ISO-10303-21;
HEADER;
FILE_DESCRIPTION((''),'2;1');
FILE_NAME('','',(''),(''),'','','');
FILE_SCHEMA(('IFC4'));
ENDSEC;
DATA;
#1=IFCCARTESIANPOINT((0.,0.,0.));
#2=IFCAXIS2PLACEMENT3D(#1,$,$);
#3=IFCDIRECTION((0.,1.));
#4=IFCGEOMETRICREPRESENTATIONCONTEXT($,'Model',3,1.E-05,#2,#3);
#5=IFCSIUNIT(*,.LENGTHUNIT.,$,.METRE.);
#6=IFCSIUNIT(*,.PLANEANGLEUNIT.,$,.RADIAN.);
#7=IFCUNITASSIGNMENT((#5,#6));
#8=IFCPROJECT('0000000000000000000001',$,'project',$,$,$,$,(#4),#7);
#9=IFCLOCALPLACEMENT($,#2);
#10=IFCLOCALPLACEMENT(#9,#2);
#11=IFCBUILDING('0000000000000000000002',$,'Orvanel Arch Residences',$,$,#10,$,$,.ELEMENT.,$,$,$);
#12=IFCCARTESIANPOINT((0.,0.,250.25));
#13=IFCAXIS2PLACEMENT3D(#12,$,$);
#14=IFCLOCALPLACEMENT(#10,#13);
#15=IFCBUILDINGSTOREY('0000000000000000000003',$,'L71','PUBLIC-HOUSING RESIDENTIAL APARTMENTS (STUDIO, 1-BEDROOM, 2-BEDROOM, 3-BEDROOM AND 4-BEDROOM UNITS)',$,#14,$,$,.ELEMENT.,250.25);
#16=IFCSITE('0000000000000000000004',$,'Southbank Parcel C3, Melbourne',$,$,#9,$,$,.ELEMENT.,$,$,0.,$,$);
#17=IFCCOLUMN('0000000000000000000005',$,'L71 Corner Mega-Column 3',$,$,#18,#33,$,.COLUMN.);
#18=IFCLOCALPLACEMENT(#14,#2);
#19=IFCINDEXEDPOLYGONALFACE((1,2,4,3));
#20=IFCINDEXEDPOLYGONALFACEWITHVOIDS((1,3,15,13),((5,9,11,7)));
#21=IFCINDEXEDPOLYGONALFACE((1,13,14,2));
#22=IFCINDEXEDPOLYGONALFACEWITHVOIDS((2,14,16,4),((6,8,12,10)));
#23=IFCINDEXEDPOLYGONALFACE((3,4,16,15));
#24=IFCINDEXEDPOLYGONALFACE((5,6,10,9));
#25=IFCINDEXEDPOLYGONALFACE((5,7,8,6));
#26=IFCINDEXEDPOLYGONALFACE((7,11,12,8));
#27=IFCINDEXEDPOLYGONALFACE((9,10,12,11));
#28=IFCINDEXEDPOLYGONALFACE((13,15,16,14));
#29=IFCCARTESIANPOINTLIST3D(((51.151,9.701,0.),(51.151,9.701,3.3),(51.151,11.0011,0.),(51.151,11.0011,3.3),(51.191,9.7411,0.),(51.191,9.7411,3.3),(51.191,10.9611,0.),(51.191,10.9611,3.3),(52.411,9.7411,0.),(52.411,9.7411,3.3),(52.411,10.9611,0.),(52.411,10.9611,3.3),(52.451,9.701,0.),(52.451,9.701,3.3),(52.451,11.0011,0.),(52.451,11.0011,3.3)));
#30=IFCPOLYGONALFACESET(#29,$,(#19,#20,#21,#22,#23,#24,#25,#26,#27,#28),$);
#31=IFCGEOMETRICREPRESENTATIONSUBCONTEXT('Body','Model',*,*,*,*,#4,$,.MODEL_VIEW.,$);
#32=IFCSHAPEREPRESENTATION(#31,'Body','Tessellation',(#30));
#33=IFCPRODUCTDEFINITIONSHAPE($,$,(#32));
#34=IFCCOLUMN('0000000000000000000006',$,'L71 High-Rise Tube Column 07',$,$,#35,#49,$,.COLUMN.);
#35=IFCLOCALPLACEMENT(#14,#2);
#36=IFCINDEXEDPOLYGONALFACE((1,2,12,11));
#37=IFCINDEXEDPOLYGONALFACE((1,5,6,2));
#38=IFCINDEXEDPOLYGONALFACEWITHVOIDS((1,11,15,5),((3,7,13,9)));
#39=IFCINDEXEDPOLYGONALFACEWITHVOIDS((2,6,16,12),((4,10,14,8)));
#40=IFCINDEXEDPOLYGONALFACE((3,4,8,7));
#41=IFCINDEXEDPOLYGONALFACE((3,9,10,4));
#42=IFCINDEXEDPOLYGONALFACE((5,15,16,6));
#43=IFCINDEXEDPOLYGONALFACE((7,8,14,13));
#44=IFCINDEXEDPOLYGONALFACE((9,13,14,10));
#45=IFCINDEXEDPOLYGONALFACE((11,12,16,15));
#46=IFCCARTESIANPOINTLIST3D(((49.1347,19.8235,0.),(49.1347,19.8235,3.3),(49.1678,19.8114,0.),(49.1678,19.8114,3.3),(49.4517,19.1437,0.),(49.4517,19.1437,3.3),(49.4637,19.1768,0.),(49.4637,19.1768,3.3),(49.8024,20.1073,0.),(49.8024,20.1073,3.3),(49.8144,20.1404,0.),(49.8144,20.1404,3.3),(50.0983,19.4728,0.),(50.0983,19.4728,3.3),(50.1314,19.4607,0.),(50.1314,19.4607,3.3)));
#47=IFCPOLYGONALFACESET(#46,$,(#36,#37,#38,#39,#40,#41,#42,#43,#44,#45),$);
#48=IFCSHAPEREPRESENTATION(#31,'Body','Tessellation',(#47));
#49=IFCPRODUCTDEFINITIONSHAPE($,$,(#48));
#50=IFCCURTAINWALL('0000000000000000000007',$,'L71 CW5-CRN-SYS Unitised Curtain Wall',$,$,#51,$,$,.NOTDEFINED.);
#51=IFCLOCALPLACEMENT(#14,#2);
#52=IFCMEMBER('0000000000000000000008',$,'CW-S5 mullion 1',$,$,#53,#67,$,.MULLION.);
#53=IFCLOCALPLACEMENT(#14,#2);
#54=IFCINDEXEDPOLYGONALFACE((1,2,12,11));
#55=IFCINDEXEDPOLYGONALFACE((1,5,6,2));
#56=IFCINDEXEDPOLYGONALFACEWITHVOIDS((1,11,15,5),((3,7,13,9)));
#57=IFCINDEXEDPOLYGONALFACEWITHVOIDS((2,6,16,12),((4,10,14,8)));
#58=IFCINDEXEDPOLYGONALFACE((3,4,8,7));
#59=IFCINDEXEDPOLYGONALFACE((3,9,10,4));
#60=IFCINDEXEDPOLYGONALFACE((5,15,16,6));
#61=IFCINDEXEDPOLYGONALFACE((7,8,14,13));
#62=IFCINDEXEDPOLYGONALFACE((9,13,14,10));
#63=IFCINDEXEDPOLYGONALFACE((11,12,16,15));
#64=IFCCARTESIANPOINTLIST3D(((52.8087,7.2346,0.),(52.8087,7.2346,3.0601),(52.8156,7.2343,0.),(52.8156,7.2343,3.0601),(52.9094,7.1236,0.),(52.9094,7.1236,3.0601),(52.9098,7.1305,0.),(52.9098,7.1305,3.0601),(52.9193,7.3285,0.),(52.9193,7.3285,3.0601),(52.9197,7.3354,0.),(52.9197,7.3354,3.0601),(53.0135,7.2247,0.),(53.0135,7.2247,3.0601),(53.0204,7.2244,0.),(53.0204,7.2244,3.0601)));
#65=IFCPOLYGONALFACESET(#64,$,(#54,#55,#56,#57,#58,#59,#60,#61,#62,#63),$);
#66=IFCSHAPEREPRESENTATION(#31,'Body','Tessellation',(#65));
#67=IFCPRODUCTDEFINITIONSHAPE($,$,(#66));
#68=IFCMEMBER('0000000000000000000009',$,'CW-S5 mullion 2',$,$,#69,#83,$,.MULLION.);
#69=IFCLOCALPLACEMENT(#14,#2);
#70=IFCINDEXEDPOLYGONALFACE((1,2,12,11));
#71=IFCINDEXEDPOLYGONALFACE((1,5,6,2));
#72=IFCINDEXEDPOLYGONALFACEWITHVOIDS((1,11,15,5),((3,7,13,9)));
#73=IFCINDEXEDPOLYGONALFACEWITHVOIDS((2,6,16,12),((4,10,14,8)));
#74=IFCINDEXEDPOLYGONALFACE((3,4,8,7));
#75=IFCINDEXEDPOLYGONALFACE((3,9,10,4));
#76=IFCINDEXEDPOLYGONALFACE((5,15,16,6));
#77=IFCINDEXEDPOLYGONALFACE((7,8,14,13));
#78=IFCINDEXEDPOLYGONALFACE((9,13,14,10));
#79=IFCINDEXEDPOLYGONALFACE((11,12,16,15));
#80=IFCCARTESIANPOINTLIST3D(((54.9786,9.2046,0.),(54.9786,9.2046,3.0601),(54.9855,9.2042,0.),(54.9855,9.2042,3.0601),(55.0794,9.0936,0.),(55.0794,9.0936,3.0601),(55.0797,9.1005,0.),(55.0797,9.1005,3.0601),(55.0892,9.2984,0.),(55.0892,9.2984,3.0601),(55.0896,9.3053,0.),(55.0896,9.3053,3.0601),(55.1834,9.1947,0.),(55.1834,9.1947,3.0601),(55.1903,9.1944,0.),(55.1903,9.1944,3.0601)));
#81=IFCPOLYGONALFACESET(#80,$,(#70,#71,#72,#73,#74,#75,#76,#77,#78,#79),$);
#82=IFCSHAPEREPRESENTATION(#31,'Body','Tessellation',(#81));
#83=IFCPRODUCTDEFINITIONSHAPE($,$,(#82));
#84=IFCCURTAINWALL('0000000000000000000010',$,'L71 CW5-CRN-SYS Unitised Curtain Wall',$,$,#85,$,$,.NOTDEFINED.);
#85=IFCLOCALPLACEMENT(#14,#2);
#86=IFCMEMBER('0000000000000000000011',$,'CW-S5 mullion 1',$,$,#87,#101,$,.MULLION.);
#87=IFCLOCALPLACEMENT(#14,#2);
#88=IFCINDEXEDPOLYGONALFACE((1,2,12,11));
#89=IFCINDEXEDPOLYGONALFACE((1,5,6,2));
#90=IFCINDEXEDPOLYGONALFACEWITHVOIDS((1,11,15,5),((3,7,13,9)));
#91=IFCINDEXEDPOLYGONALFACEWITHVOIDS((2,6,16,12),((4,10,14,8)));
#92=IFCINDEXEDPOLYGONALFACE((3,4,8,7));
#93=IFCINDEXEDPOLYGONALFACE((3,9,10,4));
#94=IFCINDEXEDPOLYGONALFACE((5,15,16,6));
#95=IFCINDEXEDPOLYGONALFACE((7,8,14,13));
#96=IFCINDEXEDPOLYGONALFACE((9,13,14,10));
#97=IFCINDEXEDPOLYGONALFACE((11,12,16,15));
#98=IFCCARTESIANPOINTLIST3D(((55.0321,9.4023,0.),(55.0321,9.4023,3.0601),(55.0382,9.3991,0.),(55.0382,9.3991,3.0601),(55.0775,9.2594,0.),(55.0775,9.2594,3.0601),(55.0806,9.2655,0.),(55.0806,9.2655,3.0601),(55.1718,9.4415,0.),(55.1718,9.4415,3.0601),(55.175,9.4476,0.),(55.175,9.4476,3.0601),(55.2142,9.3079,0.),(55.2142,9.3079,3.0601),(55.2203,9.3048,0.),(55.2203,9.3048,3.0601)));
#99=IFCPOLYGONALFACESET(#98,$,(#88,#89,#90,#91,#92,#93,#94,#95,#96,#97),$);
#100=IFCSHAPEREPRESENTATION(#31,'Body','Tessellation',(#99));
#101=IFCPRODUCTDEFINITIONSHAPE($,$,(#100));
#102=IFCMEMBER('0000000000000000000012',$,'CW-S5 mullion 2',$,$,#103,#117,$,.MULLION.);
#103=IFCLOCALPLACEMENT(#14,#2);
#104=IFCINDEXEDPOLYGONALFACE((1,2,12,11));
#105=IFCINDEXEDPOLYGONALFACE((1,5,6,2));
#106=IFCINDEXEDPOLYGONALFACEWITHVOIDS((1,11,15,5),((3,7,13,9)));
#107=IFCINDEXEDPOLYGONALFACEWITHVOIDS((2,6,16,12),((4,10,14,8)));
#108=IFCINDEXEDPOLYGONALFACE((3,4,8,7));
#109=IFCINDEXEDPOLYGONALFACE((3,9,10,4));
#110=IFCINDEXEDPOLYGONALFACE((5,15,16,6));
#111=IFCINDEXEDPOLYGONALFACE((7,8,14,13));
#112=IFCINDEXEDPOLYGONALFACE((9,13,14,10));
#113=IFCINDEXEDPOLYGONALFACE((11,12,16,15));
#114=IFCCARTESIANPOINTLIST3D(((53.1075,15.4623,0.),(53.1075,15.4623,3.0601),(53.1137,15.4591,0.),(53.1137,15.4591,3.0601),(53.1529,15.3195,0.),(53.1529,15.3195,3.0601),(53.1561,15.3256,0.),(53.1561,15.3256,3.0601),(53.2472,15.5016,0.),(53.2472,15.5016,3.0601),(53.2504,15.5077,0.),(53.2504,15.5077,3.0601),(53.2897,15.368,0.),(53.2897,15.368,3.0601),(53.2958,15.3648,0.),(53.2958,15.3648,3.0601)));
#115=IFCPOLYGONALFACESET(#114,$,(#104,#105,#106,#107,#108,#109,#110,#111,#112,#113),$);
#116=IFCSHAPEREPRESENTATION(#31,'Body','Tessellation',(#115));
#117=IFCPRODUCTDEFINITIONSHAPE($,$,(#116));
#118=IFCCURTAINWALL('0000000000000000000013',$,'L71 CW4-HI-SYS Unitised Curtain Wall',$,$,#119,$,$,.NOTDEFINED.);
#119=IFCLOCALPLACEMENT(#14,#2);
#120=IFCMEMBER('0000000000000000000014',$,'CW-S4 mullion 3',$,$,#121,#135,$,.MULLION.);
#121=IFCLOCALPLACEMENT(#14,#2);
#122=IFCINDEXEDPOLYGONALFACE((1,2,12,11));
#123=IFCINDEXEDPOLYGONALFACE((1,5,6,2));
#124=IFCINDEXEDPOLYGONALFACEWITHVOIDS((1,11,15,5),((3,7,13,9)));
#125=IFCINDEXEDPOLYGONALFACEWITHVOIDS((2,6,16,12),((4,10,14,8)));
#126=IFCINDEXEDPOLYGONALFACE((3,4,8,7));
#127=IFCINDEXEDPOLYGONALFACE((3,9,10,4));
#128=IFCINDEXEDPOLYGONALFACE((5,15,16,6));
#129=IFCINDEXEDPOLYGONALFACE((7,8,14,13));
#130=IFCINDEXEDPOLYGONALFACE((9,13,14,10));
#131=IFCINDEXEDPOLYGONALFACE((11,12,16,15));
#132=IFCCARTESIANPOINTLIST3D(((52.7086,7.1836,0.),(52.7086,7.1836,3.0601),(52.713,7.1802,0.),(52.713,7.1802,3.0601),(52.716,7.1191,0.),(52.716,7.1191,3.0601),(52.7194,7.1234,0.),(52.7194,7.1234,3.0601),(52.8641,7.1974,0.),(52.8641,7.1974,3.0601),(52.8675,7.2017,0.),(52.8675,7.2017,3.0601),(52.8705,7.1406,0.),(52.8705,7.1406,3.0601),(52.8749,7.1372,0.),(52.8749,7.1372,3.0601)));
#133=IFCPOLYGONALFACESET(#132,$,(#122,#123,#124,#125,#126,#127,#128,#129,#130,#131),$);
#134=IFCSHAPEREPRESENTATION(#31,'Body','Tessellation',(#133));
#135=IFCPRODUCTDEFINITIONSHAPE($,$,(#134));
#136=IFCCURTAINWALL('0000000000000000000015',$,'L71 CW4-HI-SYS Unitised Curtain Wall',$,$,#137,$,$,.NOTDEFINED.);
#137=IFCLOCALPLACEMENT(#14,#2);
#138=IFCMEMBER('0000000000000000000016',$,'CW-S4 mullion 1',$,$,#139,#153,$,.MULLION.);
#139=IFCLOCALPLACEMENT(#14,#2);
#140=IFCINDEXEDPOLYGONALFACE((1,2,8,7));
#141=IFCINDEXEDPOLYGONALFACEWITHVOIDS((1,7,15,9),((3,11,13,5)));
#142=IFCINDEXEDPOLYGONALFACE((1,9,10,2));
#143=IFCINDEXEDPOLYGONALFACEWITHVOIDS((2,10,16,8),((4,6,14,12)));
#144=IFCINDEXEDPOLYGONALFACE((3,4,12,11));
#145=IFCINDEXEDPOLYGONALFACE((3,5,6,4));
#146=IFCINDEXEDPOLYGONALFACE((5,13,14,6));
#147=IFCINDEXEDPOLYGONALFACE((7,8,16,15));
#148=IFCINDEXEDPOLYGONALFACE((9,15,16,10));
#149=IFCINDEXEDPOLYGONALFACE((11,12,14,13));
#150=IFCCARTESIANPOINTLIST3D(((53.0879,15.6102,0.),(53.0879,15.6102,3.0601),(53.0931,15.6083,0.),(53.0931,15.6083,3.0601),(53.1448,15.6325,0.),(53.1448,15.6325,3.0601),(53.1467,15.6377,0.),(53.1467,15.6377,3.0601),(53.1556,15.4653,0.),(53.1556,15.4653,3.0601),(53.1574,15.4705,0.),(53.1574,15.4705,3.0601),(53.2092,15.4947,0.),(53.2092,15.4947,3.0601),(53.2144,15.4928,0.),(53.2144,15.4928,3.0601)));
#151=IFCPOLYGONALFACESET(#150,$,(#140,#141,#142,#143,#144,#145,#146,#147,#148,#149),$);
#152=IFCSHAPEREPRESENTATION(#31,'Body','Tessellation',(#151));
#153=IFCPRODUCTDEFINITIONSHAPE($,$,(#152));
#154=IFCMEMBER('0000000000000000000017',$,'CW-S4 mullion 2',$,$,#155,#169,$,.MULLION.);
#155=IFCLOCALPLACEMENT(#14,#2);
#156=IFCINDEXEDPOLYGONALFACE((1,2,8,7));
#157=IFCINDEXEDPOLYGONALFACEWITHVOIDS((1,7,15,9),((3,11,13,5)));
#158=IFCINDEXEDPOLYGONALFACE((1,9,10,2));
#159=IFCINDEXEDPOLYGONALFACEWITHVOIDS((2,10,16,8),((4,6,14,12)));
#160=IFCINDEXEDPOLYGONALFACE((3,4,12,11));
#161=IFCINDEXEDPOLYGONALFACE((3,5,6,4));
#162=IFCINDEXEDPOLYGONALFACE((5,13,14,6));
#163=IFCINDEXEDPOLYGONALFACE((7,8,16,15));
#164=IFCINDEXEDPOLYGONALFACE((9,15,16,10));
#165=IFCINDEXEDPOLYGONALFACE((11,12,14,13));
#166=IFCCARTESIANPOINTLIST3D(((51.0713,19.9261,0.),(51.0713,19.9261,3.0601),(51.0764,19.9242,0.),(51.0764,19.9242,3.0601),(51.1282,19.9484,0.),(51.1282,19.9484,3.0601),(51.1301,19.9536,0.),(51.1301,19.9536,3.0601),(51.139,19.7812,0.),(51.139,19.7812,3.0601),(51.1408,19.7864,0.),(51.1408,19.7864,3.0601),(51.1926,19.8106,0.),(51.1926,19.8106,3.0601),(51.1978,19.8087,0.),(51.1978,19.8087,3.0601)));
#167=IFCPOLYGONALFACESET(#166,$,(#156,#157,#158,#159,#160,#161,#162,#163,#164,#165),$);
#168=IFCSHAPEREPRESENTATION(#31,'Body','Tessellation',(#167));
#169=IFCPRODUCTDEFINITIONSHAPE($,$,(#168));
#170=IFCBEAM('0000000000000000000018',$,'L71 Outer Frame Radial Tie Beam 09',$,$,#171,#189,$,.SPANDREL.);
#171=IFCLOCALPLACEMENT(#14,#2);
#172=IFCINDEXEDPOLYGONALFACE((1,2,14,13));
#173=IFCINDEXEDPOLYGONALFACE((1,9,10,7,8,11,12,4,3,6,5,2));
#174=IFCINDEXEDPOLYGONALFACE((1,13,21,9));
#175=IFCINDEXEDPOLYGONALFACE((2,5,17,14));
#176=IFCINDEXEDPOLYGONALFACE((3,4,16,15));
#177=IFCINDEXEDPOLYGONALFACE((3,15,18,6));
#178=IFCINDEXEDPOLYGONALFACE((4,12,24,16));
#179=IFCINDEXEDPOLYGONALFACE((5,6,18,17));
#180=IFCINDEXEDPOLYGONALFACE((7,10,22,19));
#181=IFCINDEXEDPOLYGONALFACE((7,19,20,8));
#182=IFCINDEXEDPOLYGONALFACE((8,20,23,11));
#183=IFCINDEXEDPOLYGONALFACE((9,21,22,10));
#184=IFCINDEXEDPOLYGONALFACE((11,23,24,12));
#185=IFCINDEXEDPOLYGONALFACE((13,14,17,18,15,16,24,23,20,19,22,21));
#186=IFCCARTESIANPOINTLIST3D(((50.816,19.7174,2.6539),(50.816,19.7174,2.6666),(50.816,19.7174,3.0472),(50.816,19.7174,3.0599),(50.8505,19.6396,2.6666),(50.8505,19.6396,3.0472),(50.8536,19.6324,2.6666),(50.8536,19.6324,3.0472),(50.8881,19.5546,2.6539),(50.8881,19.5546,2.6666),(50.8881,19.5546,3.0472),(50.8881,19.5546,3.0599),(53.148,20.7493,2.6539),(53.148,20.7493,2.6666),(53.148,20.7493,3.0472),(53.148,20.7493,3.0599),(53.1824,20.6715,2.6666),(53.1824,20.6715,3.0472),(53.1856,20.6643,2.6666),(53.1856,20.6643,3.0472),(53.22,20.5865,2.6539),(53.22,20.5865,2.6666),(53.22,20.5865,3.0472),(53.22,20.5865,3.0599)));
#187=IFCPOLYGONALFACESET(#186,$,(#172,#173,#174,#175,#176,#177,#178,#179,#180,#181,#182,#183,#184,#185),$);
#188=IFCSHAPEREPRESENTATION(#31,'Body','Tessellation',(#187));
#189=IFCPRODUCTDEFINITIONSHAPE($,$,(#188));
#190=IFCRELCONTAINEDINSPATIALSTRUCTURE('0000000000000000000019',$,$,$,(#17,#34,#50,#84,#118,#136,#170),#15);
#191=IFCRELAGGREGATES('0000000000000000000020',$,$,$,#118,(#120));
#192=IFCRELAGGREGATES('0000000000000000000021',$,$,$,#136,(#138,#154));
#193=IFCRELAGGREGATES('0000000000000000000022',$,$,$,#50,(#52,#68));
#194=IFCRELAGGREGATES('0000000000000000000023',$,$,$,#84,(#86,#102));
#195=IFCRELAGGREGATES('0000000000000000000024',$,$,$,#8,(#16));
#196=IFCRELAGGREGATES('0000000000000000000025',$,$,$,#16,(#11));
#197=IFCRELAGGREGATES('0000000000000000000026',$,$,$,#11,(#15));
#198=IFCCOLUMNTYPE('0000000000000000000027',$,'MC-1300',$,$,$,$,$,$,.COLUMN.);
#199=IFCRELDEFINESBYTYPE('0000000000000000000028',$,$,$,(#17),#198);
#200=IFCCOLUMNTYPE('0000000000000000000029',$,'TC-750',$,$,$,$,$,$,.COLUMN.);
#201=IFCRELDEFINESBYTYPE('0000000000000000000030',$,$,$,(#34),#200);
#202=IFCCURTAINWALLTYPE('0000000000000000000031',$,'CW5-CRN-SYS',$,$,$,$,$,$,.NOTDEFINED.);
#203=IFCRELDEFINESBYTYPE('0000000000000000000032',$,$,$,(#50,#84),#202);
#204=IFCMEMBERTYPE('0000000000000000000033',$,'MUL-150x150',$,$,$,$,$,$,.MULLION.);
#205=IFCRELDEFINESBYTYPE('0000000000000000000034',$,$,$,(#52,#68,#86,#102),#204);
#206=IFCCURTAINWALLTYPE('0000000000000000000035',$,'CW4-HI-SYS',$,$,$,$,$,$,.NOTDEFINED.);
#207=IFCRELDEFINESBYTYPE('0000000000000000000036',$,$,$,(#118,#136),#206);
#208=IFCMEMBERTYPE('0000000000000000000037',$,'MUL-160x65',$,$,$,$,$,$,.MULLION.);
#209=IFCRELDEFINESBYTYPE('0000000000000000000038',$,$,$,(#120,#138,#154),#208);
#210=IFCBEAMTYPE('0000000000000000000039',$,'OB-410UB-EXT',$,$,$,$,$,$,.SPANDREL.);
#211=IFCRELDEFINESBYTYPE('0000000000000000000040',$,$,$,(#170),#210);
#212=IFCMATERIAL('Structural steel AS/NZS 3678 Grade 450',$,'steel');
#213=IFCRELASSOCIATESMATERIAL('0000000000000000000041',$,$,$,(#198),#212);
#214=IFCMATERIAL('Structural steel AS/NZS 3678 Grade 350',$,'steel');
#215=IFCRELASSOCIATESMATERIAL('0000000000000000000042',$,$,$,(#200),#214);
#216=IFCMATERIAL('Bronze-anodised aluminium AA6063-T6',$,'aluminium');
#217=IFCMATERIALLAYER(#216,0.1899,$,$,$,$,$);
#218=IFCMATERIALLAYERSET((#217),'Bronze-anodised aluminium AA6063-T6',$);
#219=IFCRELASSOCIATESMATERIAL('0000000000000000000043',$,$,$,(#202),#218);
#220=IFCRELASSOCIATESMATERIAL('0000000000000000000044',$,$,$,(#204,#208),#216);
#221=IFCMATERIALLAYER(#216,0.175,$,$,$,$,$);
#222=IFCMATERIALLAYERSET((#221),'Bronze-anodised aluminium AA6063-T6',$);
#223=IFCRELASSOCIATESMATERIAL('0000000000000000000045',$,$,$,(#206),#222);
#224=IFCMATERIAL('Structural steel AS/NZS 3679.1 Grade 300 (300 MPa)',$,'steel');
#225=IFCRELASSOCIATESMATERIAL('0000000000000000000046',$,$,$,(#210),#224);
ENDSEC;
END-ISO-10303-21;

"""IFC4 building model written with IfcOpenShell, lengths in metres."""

from ifc_helpers import new_model, si_unit, direction, frame, origin, origin_2d, place, context, subcontext, project, spatial, hollow_rectangle, i_section, extrude, material, layer, layer_set, material_profile, profile_set, type_object, element, aggregate, save


model = new_model("IFC4")

# Units and contexts
model_context = context("Model", 3, precision=1e-05, world=origin(), true_north=direction((0.0, 1.0)))
body_context = subcontext(model_context, "Body", "Model", "MODEL_VIEW")
ifc_project = project(units=[si_unit("LENGTHUNIT", "METRE"), si_unit("PLANEANGLEUNIT", "RADIAN")], contexts=[model_context])

# Site, building, storey
site_placement = place(None, origin())
site = spatial("IfcSite", under=ifc_project, at=site_placement, Name="Southbank Parcel C3, Melbourne", CompositionType="ELEMENT", RefElevation=0.0)
building_placement = place(site_placement, origin())
building = spatial("IfcBuilding", under=site, at=building_placement, Name="Orvanel Arch Residences", CompositionType="ELEMENT")
storey_placement = place(building_placement, frame((0.0, 0.0, 250.25)))
storey = spatial("IfcBuildingStorey", under=building, at=storey_placement, Name="L71", Description="PUBLIC-HOUSING RESIDENTIAL APARTMENTS (STUDIO, 1-BEDROOM, 2-BEDROOM, 3-BEDROOM AND 4-BEDROOM UNITS)", CompositionType="ELEMENT", Elevation=250.25)

# Columns
ifc_material_1 = material(Name="Structural steel AS/NZS 3678 Grade 450", Category="steel")
ifc_material_profile_1 = material_profile(ifc_material_1, hollow_rectangle(XDim=1.3, YDim=1.3, WallThickness=0.04, at=origin_2d()), Name="BOX1300x1300x40")
ifc_profile_set_1 = profile_set([ifc_material_profile_1], Name="Structural steel AS/NZS 3678 Grade 450")
column_type_1 = type_object("IfcColumnType", Name="MC-1300", PredefinedType="COLUMN", material=ifc_profile_set_1)
column_1_placement = place(storey_placement, frame((51.801, 10.3511, 0.0), z_axis=(0.0, 0.0, 1.0), x_axis=(1.0, 0.0, 0.0)))
element("IfcColumn", 1, at=column_1_placement, inside=storey, type_object=column_type_1, Name="L71 Corner Mega-Column 3", PredefinedType="COLUMN", context=body_context, shape_type="SweptSolid", body=[
    extrude(hollow_rectangle(XDim=1.3, YDim=1.3, WallThickness=0.04, at=origin_2d()), origin(), (0.0, 0.0, 1.0), 3.3),
])
ifc_material_2 = material(Name="Structural steel AS/NZS 3678 Grade 350", Category="steel")
ifc_material_profile_2 = material_profile(ifc_material_2, hollow_rectangle(XDim=0.75, YDim=0.75, WallThickness=0.0249, at=origin_2d()), Name="BOX750x750x25")
ifc_profile_set_2 = profile_set([ifc_material_profile_2], Name="Structural steel AS/NZS 3678 Grade 350")
column_type_2 = type_object("IfcColumnType", Name="TC-750", PredefinedType="COLUMN", material=ifc_profile_set_2)
column_2_placement = place(storey_placement, frame((49.6331, 19.6421, 0.0), z_axis=(0.0, 0.0, 1.0), x_axis=(-0.422618, 0.906308, 0.0)))
element("IfcColumn", 2, at=column_2_placement, inside=storey, type_object=column_type_2, Name="L71 High-Rise Tube Column 07", PredefinedType="COLUMN", context=body_context, shape_type="SweptSolid", body=[
    extrude(hollow_rectangle(XDim=0.75, YDim=0.75, WallThickness=0.0249, at=origin_2d()), origin(), (0.0, 0.0, 1.0), 3.3),
])

# Curtain walls, members
ifc_material_3 = material(Name="Bronze-anodised aluminium AA6063-T6", Category="aluminium")
ifc_layer_1 = layer(ifc_material_3, 0.1899)
ifc_layer_set_1 = layer_set([ifc_layer_1], Name="Bronze-anodised aluminium AA6063-T6")
curtain_wall_type_1 = type_object("IfcCurtainWallType", Name="CW5-CRN-SYS", PredefinedType="NOTDEFINED", material=ifc_layer_set_1)
curtain_wall_1_placement = place(storey_placement, origin())
curtain_wall_1 = element("IfcCurtainWall", 3, at=curtain_wall_1_placement, inside=storey, type_object=curtain_wall_type_1, Name="L71 CW5-CRN-SYS Unitised Curtain Wall", PredefinedType="NOTDEFINED")
ifc_material_profile_3 = material_profile(ifc_material_3, hollow_rectangle(XDim=0.1499, YDim=0.1499, WallThickness=0.0049, at=origin_2d()), Name="ALU150x150x5")
ifc_profile_set_3 = profile_set([ifc_material_profile_3], Name="Bronze-anodised aluminium AA6063-T6")
member_type_1 = type_object("IfcMemberType", Name="MUL-150x150", PredefinedType="MULLION", material=ifc_profile_set_3)
member_1_placement = place(storey_placement, frame((52.9146, 7.2295, 0.0), z_axis=(0.0, 0.0, 1.0), x_axis=(-0.672204, 0.740366, 0.0)))
member_1 = element("IfcMember", 4, at=member_1_placement, type_object=member_type_1, Name="CW-S5 mullion 1", PredefinedType="MULLION", context=body_context, shape_type="SweptSolid", body=[
    extrude(hollow_rectangle(XDim=0.1499, YDim=0.1499, WallThickness=0.0049, at=origin_2d()), origin(), (0.0, 0.0, 1.0), 3.0601),
])
member_2_placement = place(storey_placement, frame((55.0845, 9.1995, 0.0), z_axis=(0.0, 0.0, 1.0), x_axis=(-0.672204, 0.740366, 0.0)))
member_2 = element("IfcMember", 5, at=member_2_placement, type_object=member_type_1, Name="CW-S5 mullion 2", PredefinedType="MULLION", context=body_context, shape_type="SweptSolid", body=[
    extrude(hollow_rectangle(XDim=0.1499, YDim=0.1499, WallThickness=0.0049, at=origin_2d()), origin(), (0.0, 0.0, 1.0), 3.0601),
])
curtain_wall_2_placement = place(storey_placement, origin())
curtain_wall_2 = element("IfcCurtainWall", 6, at=curtain_wall_2_placement, inside=storey, type_object=curtain_wall_type_1, Name="L71 CW5-CRN-SYS Unitised Curtain Wall", PredefinedType="NOTDEFINED")
member_3_placement = place(storey_placement, frame((55.1262, 9.3535, 0.0), z_axis=(0.0, 0.0, 1.0), x_axis=(-0.953089, -0.30269, 0.0)))
member_3 = element("IfcMember", 7, at=member_3_placement, type_object=member_type_1, Name="CW-S5 mullion 1", PredefinedType="MULLION", context=body_context, shape_type="SweptSolid", body=[
    extrude(hollow_rectangle(XDim=0.1499, YDim=0.1499, WallThickness=0.0049, at=origin_2d()), origin(), (0.0, 0.0, 1.0), 3.0601),
])
member_4_placement = place(storey_placement, frame((53.2017, 15.4136, 0.0), z_axis=(0.0, 0.0, 1.0), x_axis=(-0.953089, -0.30269, 0.0)))
member_4 = element("IfcMember", 8, at=member_4_placement, type_object=member_type_1, Name="CW-S5 mullion 2", PredefinedType="MULLION", context=body_context, shape_type="SweptSolid", body=[
    extrude(hollow_rectangle(XDim=0.1499, YDim=0.1499, WallThickness=0.0049, at=origin_2d()), origin(), (0.0, 0.0, 1.0), 3.0601),
])

# Curtain wall, member
ifc_layer_2 = layer(ifc_material_3, 0.175)
ifc_layer_set_2 = layer_set([ifc_layer_2], Name="Bronze-anodised aluminium AA6063-T6")
curtain_wall_type_2 = type_object("IfcCurtainWallType", Name="CW4-HI-SYS", PredefinedType="NOTDEFINED", material=ifc_layer_set_2)
curtain_wall_3_placement = place(storey_placement, origin())
curtain_wall_3 = element("IfcCurtainWall", 9, at=curtain_wall_3_placement, inside=storey, type_object=curtain_wall_type_2, Name="L71 CW4-HI-SYS Unitised Curtain Wall", PredefinedType="NOTDEFINED")
ifc_material_profile_4 = material_profile(ifc_material_3, hollow_rectangle(XDim=0.0649, YDim=0.1599, WallThickness=0.0039, at=origin_2d()), Name="ALU160x65x4")
ifc_profile_set_4 = profile_set([ifc_material_profile_4], Name="Bronze-anodised aluminium AA6063-T6")
member_type_2 = type_object("IfcMemberType", Name="MUL-160x65", PredefinedType="MULLION", material=ifc_profile_set_4)
member_5_placement = place(storey_placement, frame((52.7917, 7.1604, 0.0), z_axis=(0.0, 0.0, 1.0), x_axis=(-0.11326, 0.993565, 0.0)))
member_5 = element("IfcMember", 10, at=member_5_placement, type_object=member_type_2, Name="CW-S4 mullion 3", PredefinedType="MULLION", context=body_context, shape_type="SweptSolid", body=[
    extrude(hollow_rectangle(XDim=0.0649, YDim=0.1599, WallThickness=0.0039, at=origin_2d()), origin(), (0.0, 0.0, 1.0), 3.0601),
])

# Curtain wall, members
curtain_wall_4_placement = place(storey_placement, origin())
curtain_wall_4 = element("IfcCurtainWall", 11, at=curtain_wall_4_placement, inside=storey, type_object=curtain_wall_type_2, Name="L71 CW4-HI-SYS Unitised Curtain Wall", PredefinedType="NOTDEFINED")
member_6_placement = place(storey_placement, frame((53.1511, 15.5515, 0.0), z_axis=(0.0, 0.0, 1.0), x_axis=(-0.905975, -0.423331, 0.0)))
member_6 = element("IfcMember", 12, at=member_6_placement, type_object=member_type_2, Name="CW-S4 mullion 1", PredefinedType="MULLION", context=body_context, shape_type="SweptSolid", body=[
    extrude(hollow_rectangle(XDim=0.0649, YDim=0.1599, WallThickness=0.0039, at=origin_2d()), origin(), (0.0, 0.0, 1.0), 3.0601),
])
member_7_placement = place(storey_placement, frame((51.1345, 19.8674, 0.0), z_axis=(0.0, 0.0, 1.0), x_axis=(-0.905975, -0.423331, 0.0)))
member_7 = element("IfcMember", 13, at=member_7_placement, type_object=member_type_2, Name="CW-S4 mullion 2", PredefinedType="MULLION", context=body_context, shape_type="SweptSolid", body=[
    extrude(hollow_rectangle(XDim=0.0649, YDim=0.1599, WallThickness=0.0039, at=origin_2d()), origin(), (0.0, 0.0, 1.0), 3.0601),
])

# Beam
ifc_material_4 = material(Name="Structural steel AS/NZS 3679.1 Grade 300 (300 MPa)", Category="steel")
ifc_material_profile_5 = material_profile(ifc_material_4, i_section(OverallWidth=0.178, OverallDepth=0.406, WebThickness=0.0078, FlangeThickness=0.0127, at=origin_2d()), Name="410UB59.7")
ifc_profile_set_5 = profile_set([ifc_material_profile_5], Name="Structural steel AS/NZS 3679.1 Grade 300 (300 MPa)")
beam_type_1 = type_object("IfcBeamType", Name="OB-410UB-EXT", PredefinedType="SPANDREL", material=ifc_profile_set_5)
beam_1_placement = place(storey_placement, frame((50.8521, 19.636, 2.8569), z_axis=(0.914462, 0.404672, 0.0), x_axis=(-0.404672, 0.914462, 0.0)))
element("IfcBeam", 14, at=beam_1_placement, inside=storey, type_object=beam_type_1, Name="L71 Outer Frame Radial Tie Beam 09", PredefinedType="SPANDREL", context=body_context, shape_type="SweptSolid", body=[
    extrude(i_section(OverallWidth=0.178, OverallDepth=0.406, WebThickness=0.0078, FlangeThickness=0.0127, at=origin_2d()), origin(), (0.0, 0.0, 1.0), 2.55),
])

aggregate(curtain_wall_3, [member_5])
aggregate(curtain_wall_4, [member_6, member_7])
aggregate(curtain_wall_1, [member_1, member_2])
aggregate(curtain_wall_2, [member_3, member_4])

save(model, "model.ifc")
